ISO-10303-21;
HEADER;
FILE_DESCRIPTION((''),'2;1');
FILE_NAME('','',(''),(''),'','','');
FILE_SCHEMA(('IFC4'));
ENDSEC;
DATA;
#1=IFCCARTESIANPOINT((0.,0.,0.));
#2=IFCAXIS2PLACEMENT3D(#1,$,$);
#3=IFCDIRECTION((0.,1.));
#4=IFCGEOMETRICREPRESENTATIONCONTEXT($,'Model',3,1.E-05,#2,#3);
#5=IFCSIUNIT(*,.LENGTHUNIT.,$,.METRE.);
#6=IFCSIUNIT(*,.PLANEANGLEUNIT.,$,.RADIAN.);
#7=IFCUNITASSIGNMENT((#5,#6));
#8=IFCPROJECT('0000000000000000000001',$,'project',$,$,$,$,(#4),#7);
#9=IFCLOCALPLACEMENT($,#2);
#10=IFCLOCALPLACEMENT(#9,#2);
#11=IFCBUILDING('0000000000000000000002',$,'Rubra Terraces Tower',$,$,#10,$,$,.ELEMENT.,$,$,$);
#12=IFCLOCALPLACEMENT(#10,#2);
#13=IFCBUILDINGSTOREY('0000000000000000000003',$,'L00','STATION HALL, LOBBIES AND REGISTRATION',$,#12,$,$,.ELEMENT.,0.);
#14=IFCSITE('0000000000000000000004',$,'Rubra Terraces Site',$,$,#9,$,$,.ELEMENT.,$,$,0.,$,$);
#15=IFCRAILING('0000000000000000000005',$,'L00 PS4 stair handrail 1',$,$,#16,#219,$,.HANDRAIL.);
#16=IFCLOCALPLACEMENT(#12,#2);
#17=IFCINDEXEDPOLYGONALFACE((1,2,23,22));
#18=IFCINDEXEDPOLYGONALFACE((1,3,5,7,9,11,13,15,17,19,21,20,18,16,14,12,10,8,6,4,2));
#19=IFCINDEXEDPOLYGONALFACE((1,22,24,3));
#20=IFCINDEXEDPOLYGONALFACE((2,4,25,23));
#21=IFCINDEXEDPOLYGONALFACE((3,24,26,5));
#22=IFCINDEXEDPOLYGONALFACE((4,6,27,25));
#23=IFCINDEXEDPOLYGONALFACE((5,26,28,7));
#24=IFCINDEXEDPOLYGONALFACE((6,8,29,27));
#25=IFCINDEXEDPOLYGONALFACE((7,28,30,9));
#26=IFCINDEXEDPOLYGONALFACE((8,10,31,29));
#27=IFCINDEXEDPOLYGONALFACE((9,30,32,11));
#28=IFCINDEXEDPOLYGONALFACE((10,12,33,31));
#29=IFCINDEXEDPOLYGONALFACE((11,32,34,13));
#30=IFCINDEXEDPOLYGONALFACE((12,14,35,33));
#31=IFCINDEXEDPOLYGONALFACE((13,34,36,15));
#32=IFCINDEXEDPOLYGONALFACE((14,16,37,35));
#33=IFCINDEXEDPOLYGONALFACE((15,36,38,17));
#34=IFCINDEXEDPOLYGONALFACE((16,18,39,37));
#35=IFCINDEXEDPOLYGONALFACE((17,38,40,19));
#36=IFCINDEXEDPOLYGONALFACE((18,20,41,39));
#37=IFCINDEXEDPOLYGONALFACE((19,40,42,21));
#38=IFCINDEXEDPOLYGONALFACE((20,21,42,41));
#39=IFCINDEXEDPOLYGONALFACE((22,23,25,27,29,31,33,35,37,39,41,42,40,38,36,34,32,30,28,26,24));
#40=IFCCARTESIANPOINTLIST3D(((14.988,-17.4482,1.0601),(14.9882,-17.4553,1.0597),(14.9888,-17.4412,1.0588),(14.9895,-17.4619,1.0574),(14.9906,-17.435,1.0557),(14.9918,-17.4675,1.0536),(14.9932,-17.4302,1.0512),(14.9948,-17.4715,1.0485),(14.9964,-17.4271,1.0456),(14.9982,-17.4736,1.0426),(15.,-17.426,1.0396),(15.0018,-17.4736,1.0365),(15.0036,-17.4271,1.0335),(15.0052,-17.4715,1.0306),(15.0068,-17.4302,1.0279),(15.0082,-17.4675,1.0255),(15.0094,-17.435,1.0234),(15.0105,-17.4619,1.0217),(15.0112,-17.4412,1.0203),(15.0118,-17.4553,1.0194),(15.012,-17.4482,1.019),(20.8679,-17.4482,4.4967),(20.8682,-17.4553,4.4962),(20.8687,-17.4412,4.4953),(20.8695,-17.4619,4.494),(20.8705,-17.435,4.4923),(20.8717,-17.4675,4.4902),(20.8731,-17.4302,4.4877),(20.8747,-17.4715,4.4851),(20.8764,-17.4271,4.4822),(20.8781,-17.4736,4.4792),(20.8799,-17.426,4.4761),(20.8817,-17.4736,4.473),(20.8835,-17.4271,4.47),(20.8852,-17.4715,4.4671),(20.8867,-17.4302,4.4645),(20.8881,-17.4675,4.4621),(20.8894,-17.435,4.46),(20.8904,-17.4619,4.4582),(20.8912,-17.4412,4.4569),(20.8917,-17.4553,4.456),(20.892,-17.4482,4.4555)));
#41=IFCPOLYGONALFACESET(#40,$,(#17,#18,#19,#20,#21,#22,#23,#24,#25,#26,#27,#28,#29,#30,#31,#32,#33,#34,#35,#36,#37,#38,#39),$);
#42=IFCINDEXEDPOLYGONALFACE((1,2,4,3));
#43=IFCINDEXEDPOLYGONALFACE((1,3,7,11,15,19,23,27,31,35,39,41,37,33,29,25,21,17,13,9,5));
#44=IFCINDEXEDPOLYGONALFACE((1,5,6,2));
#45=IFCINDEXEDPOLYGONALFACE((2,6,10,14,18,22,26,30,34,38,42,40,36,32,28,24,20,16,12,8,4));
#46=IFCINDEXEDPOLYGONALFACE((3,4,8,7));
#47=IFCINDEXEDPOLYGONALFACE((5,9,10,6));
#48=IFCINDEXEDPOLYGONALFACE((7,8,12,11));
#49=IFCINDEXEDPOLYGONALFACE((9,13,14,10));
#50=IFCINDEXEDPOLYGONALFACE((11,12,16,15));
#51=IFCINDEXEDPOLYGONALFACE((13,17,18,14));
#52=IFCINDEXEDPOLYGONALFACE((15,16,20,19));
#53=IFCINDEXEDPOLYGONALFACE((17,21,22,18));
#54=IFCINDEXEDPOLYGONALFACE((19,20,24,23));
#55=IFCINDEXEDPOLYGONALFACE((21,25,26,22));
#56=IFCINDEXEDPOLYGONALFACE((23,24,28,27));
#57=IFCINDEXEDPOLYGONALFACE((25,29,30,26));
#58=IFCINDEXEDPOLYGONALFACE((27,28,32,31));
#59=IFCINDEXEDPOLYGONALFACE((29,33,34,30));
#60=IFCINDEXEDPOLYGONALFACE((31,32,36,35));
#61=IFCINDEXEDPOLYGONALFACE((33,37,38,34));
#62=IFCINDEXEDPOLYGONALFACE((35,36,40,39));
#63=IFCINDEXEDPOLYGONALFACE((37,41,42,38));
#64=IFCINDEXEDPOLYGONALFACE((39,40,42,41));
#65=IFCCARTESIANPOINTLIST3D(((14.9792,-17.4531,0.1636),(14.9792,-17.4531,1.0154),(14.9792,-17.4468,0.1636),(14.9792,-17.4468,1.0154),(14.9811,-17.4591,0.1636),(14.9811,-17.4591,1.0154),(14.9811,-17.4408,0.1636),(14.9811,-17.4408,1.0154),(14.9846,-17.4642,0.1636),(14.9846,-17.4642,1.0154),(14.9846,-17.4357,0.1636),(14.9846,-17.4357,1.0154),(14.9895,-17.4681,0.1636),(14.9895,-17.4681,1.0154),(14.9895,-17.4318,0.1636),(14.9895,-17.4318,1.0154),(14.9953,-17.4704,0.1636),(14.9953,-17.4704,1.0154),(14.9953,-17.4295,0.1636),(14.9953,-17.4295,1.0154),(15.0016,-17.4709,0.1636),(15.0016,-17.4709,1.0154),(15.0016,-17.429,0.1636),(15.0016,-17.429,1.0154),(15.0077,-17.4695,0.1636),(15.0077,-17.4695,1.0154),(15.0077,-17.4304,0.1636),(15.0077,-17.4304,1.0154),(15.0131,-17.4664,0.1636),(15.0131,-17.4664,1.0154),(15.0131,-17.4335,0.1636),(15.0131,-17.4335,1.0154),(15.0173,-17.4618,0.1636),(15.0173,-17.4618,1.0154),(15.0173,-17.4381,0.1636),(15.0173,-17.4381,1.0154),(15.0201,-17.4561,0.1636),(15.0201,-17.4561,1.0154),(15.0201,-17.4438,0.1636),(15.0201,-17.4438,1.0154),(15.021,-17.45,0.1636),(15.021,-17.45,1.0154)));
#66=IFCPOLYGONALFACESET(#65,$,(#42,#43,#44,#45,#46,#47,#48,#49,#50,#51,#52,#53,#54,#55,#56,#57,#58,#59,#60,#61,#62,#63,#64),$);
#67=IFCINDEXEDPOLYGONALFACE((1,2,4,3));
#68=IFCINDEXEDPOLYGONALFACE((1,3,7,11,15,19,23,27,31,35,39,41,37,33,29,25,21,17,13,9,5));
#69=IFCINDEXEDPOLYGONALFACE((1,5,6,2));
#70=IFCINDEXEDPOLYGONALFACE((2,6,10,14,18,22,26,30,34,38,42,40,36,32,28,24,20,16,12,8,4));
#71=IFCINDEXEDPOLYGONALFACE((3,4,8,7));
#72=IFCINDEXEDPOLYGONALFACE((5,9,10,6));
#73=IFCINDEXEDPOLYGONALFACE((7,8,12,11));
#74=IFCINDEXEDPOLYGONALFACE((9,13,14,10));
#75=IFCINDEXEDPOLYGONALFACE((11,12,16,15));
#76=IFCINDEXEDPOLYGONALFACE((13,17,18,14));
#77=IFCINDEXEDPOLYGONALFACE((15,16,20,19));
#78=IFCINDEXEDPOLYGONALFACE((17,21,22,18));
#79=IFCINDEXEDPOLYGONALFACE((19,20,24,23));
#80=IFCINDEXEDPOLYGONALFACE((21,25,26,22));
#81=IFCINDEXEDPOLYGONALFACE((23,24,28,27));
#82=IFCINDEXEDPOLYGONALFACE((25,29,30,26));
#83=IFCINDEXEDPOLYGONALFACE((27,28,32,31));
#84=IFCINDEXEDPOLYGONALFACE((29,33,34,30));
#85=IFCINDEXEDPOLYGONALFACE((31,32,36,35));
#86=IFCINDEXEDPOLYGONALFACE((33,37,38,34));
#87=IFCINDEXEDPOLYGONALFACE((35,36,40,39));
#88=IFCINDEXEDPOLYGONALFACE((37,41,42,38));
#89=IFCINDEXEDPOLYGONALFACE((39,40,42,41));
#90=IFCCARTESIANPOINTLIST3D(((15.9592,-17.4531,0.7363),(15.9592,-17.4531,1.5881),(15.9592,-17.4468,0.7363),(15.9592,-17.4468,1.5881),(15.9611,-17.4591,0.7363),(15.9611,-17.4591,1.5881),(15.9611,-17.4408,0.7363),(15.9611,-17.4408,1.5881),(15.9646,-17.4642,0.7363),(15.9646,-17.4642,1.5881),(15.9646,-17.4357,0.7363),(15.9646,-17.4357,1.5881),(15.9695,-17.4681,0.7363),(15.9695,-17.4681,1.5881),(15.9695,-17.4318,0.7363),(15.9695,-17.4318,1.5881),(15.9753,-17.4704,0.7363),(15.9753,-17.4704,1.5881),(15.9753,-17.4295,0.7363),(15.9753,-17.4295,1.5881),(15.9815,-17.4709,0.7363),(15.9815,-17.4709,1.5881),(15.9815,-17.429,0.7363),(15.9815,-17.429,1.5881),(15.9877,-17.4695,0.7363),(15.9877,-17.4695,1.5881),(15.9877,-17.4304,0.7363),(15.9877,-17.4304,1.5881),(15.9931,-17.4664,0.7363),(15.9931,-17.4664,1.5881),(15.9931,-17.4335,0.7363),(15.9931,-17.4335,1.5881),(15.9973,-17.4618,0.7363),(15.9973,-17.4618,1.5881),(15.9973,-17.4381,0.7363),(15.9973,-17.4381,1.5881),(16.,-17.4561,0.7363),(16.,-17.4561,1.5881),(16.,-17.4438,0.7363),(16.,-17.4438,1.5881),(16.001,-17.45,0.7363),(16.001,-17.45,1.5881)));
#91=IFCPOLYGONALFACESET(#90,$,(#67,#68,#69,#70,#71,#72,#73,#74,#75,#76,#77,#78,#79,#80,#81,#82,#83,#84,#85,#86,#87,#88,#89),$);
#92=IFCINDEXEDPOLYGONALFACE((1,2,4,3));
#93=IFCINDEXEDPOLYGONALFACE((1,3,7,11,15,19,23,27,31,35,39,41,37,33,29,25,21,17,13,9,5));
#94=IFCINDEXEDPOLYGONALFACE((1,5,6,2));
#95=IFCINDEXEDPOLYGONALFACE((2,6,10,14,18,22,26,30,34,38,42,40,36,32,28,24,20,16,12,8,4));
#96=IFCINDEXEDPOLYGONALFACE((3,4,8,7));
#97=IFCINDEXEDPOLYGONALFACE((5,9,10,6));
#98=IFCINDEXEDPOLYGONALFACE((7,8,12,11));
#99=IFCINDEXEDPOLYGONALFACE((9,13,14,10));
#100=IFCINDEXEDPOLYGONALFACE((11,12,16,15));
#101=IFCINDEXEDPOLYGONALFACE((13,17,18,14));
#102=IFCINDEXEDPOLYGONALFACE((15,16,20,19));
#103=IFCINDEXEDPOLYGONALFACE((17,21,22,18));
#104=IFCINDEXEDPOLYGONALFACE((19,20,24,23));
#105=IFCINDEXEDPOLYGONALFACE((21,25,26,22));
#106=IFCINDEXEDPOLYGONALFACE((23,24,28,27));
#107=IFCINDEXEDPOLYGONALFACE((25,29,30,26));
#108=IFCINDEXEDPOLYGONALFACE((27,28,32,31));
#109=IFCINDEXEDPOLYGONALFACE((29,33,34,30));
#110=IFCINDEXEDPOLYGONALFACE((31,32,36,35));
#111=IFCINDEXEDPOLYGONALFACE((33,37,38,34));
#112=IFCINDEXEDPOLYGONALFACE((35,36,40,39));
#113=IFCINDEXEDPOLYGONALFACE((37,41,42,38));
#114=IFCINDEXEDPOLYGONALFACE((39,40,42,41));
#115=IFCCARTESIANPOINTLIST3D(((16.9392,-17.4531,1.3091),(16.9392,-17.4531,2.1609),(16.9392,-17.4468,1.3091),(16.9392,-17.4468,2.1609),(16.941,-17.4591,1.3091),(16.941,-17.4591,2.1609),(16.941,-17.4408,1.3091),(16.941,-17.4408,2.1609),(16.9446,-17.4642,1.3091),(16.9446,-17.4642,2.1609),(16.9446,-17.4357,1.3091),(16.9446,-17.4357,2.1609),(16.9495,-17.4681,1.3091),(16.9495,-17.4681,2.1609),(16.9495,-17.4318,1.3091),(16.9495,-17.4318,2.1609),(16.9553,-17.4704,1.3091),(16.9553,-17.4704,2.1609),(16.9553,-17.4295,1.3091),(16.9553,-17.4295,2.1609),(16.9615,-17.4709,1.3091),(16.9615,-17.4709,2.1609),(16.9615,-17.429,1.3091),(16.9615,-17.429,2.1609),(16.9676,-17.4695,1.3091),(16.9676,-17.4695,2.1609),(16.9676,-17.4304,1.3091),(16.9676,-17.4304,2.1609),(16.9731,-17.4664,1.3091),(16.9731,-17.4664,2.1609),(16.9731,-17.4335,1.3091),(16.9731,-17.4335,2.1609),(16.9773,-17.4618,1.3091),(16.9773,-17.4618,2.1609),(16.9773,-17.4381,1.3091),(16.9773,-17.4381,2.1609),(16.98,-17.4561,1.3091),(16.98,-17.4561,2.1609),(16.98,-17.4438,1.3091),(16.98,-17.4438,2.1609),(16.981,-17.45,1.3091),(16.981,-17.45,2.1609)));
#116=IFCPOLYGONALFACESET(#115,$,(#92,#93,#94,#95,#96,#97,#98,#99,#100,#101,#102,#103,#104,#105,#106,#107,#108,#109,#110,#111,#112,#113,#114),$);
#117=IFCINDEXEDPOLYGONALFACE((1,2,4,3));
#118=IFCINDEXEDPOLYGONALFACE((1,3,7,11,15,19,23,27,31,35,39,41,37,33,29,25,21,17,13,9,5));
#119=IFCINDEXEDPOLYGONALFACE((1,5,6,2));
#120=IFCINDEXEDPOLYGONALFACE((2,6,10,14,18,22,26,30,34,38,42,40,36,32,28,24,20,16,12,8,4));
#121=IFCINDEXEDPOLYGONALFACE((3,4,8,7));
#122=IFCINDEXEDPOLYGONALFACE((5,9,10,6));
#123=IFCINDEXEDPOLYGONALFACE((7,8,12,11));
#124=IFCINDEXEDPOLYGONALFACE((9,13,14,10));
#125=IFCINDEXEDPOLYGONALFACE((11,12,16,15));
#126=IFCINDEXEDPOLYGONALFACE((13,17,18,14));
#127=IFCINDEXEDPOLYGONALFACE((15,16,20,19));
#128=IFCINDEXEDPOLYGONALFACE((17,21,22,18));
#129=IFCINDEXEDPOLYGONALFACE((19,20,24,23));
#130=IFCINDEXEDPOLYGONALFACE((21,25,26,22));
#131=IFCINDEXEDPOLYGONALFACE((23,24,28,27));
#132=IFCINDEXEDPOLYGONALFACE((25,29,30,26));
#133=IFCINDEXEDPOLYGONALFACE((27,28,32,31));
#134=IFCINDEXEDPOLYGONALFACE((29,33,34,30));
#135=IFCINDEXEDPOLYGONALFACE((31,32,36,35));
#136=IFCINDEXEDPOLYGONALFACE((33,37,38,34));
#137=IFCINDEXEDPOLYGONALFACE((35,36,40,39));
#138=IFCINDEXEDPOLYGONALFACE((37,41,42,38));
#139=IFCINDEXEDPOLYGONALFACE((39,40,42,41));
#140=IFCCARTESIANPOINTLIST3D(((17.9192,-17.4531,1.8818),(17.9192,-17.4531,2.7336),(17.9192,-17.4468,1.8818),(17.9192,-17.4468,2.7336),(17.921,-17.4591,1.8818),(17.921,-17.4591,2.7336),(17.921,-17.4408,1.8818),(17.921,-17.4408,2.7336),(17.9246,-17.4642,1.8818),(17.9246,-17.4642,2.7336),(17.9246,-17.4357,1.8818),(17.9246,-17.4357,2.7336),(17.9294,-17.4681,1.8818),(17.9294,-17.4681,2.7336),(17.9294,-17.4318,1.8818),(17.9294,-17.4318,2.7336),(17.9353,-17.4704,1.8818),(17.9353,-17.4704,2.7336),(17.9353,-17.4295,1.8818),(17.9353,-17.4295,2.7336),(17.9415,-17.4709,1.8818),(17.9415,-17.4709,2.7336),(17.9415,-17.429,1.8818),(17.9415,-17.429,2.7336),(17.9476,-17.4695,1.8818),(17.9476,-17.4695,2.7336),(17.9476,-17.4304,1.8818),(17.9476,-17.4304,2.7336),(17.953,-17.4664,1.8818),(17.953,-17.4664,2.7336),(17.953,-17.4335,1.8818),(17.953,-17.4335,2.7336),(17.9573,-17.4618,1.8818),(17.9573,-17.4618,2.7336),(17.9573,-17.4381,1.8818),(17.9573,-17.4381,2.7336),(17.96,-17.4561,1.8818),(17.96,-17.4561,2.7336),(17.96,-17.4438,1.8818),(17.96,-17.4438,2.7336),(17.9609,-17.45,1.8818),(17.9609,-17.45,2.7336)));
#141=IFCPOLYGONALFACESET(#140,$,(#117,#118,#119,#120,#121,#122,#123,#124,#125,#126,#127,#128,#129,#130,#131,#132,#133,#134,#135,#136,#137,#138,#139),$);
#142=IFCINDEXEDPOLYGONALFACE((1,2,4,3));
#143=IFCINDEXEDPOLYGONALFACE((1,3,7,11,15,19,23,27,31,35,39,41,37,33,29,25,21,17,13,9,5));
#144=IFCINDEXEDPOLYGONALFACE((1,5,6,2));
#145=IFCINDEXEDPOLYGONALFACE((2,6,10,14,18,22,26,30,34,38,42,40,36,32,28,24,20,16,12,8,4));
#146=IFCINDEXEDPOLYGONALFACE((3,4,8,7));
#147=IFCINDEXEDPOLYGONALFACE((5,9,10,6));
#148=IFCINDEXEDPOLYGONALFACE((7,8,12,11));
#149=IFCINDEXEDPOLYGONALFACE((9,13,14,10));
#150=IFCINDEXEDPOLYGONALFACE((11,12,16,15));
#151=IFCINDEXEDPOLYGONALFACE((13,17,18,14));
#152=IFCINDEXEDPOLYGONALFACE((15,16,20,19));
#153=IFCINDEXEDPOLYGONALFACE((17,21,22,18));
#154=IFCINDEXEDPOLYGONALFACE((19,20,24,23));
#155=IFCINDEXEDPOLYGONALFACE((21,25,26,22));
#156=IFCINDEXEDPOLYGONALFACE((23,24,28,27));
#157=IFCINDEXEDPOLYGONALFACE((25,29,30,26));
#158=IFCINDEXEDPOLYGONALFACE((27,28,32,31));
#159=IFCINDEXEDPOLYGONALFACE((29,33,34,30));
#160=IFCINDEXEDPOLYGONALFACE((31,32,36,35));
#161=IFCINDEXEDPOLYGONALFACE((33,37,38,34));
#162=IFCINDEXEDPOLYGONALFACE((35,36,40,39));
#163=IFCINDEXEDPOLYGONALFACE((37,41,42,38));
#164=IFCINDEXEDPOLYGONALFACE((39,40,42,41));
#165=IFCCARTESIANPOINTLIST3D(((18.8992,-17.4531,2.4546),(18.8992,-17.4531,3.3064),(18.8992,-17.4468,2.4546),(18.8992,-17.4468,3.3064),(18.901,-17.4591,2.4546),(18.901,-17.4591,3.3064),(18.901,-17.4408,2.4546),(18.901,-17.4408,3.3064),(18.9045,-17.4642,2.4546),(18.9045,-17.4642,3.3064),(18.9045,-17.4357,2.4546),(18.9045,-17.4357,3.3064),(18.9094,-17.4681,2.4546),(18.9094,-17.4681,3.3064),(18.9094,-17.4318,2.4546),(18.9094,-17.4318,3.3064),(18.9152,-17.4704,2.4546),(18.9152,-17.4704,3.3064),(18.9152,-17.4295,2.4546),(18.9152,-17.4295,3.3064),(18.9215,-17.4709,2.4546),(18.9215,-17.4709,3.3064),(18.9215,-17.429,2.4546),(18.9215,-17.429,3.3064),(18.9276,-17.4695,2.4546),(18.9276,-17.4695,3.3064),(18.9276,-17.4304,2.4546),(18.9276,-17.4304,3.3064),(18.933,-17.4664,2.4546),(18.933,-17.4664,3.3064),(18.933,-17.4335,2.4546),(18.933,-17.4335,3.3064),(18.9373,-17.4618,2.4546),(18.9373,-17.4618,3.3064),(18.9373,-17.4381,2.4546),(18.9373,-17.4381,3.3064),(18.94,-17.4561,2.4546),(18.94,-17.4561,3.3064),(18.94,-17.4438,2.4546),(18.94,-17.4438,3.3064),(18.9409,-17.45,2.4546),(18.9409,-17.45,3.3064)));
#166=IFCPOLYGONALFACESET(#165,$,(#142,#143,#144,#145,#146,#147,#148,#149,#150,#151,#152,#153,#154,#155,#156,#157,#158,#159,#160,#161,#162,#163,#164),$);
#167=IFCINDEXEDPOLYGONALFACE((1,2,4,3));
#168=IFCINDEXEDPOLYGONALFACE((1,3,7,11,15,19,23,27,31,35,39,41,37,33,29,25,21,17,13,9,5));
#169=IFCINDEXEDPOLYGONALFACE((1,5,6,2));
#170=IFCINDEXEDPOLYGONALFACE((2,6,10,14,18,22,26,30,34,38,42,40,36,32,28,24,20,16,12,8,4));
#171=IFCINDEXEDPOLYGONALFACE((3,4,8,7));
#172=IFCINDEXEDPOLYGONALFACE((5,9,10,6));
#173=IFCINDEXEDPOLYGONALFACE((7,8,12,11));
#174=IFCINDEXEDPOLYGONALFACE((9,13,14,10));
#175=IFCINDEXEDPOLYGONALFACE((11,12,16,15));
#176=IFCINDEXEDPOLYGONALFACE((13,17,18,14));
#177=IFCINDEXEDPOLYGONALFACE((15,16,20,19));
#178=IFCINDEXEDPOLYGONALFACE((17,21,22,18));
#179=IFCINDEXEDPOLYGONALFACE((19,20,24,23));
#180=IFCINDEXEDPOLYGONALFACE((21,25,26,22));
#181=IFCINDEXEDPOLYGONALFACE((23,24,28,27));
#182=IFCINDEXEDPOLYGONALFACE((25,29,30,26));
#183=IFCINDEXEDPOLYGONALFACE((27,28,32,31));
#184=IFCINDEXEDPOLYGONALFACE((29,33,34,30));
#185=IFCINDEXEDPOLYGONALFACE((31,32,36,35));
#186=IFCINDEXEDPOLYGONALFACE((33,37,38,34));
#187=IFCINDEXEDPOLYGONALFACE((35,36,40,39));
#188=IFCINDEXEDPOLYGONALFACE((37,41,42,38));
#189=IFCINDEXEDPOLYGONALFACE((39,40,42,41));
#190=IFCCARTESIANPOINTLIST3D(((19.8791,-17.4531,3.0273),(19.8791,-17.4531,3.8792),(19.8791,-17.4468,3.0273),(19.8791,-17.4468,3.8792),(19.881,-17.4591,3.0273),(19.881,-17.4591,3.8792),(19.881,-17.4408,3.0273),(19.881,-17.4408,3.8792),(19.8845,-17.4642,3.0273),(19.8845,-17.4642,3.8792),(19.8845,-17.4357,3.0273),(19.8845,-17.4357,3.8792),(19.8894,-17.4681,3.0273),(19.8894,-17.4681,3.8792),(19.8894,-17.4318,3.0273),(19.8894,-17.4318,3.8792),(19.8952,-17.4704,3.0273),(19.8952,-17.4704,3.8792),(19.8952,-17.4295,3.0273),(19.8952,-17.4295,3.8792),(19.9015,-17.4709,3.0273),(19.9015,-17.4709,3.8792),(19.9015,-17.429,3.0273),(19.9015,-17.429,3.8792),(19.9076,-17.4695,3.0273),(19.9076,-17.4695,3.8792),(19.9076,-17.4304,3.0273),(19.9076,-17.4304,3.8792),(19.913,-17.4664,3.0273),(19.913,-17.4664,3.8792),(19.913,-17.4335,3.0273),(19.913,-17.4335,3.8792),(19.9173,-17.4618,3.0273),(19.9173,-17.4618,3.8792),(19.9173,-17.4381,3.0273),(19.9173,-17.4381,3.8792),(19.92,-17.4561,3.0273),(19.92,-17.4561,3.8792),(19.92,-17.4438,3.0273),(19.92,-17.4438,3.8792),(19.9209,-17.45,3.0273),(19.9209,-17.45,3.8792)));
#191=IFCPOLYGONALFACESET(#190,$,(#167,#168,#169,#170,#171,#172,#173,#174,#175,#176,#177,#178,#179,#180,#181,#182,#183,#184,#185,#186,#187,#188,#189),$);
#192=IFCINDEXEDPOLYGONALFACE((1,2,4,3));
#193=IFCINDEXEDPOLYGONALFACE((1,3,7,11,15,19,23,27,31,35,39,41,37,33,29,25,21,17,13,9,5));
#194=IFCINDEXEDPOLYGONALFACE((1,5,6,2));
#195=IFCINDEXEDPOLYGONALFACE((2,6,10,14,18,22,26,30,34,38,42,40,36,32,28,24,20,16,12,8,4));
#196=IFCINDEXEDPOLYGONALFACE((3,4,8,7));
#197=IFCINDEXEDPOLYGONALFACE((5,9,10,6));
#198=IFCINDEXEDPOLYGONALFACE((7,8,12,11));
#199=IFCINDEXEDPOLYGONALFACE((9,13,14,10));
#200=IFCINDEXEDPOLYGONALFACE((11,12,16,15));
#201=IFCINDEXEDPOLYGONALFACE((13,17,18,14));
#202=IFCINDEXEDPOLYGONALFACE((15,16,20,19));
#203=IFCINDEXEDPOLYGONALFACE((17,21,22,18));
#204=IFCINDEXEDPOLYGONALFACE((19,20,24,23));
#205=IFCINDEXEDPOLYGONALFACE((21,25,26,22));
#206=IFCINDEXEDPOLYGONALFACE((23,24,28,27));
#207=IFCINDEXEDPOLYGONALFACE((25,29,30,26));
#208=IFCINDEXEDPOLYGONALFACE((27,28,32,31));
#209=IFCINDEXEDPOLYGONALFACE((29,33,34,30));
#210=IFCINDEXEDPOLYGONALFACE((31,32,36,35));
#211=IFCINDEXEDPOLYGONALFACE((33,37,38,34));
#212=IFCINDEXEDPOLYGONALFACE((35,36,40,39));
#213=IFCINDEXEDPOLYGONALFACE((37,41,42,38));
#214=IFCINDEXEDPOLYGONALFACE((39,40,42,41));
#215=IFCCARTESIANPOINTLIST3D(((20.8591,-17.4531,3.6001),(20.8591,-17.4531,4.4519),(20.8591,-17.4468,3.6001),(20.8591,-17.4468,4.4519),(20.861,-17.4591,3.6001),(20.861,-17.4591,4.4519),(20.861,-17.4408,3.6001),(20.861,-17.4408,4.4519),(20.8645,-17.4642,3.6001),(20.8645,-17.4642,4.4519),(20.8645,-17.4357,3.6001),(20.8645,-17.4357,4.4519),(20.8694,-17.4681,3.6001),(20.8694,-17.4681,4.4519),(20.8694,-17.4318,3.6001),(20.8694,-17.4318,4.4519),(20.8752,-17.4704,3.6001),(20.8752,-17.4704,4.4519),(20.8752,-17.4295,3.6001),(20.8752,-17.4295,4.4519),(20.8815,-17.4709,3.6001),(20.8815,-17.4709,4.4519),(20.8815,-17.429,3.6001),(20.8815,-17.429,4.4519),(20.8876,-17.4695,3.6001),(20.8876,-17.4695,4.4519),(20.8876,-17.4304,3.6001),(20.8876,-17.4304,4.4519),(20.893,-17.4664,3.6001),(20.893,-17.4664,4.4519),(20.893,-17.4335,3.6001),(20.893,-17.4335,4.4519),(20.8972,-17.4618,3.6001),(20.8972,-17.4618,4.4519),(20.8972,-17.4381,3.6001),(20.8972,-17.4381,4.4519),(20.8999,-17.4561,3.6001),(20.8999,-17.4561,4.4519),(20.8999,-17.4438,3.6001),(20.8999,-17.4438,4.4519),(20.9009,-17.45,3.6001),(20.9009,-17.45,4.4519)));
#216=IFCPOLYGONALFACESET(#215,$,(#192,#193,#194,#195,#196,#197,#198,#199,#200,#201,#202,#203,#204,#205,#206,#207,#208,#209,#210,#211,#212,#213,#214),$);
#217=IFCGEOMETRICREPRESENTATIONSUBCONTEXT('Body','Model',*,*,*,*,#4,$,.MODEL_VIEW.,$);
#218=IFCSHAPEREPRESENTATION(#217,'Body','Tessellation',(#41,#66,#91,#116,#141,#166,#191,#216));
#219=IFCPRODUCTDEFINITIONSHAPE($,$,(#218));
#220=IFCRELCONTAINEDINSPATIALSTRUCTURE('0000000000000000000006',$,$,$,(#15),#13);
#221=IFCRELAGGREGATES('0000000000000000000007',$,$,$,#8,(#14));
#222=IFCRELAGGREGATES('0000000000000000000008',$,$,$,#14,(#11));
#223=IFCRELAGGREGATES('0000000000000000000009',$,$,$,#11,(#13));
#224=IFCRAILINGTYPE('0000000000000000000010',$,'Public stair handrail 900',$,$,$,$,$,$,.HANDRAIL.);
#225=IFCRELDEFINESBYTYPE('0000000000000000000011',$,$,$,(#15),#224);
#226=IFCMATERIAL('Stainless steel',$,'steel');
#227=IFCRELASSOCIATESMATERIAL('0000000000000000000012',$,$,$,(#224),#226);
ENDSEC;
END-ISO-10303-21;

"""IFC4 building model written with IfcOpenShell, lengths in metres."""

from ifc_helpers import new_model, si_unit, direction, frame, origin, origin_2d, place, context, subcontext, project, spatial, circle, extrude, material, type_object, element, save


model = new_model("IFC4")

# Units and contexts
model_context = context("Model", 3, precision=1e-05, world=origin(), true_north=direction((0.0, 1.0)))
body_context = subcontext(model_context, "Body", "Model", "MODEL_VIEW")
ifc_project = project(units=[si_unit("LENGTHUNIT", "METRE"), si_unit("PLANEANGLEUNIT", "RADIAN")], contexts=[model_context])

# Site, building, storey
site_placement = place(None, origin())
site = spatial("IfcSite", under=ifc_project, at=site_placement, Name="Rubra Terraces Site", CompositionType="ELEMENT", RefElevation=0.0)
building_placement = place(site_placement, origin())
building = spatial("IfcBuilding", under=site, at=building_placement, Name="Rubra Terraces Tower", CompositionType="ELEMENT")
storey_placement = place(building_placement, origin())
storey = spatial("IfcBuildingStorey", under=building, at=storey_placement, Name="L00", Description="STATION HALL, LOBBIES AND REGISTRATION", CompositionType="ELEMENT", Elevation=0.0)

# Railing
ifc_material_1 = material(Name="Stainless steel", Category="steel")
railing_type_1 = type_object("IfcRailingType", Name="Public stair handrail 900", PredefinedType="HANDRAIL", material=ifc_material_1)
railing_1_placement = place(storey_placement, frame((15.0, -17.45, 0.1636)))
element("IfcRailing", 1, at=railing_1_placement, inside=storey, type_object=railing_type_1, Name="L00 PS4 stair handrail 1", PredefinedType="HANDRAIL", context=body_context, shape_type="SweptSolid", body=[
    extrude(circle(Radius=0.0239, at=origin_2d()), frame((0.0, 0.0, 0.876), z_axis=(0.863357, 0.0, 0.504593), x_axis=(0.0, 1.0, 0.0)), (0.0, 0.0, 1.0), 6.8105),
    extrude(circle(Radius=0.021, at=origin_2d()), origin(), (0.0, 0.0, 1.0), 0.8518),
    extrude(circle(Radius=0.021, at=origin_2d()), frame((0.98, 0.0, 0.5728)), (0.0, 0.0, 1.0), 0.8518),
    extrude(circle(Radius=0.021, at=origin_2d()), frame((1.96, 0.0, 1.1455)), (0.0, 0.0, 1.0), 0.8518),
    extrude(circle(Radius=0.021, at=origin_2d()), frame((2.9399, 0.0, 1.7183)), (0.0, 0.0, 1.0), 0.8518),
    extrude(circle(Radius=0.021, at=origin_2d()), frame((3.9199, 0.0, 2.291)), (0.0, 0.0, 1.0), 0.8518),
    extrude(circle(Radius=0.021, at=origin_2d()), frame((4.8999, 0.0, 2.8638)), (0.0, 0.0, 1.0), 0.8518),
    extrude(circle(Radius=0.021, at=origin_2d()), frame((5.8799, 0.0, 3.4365)), (0.0, 0.0, 1.0), 0.8518),
])

save(model, "model.ifc")
